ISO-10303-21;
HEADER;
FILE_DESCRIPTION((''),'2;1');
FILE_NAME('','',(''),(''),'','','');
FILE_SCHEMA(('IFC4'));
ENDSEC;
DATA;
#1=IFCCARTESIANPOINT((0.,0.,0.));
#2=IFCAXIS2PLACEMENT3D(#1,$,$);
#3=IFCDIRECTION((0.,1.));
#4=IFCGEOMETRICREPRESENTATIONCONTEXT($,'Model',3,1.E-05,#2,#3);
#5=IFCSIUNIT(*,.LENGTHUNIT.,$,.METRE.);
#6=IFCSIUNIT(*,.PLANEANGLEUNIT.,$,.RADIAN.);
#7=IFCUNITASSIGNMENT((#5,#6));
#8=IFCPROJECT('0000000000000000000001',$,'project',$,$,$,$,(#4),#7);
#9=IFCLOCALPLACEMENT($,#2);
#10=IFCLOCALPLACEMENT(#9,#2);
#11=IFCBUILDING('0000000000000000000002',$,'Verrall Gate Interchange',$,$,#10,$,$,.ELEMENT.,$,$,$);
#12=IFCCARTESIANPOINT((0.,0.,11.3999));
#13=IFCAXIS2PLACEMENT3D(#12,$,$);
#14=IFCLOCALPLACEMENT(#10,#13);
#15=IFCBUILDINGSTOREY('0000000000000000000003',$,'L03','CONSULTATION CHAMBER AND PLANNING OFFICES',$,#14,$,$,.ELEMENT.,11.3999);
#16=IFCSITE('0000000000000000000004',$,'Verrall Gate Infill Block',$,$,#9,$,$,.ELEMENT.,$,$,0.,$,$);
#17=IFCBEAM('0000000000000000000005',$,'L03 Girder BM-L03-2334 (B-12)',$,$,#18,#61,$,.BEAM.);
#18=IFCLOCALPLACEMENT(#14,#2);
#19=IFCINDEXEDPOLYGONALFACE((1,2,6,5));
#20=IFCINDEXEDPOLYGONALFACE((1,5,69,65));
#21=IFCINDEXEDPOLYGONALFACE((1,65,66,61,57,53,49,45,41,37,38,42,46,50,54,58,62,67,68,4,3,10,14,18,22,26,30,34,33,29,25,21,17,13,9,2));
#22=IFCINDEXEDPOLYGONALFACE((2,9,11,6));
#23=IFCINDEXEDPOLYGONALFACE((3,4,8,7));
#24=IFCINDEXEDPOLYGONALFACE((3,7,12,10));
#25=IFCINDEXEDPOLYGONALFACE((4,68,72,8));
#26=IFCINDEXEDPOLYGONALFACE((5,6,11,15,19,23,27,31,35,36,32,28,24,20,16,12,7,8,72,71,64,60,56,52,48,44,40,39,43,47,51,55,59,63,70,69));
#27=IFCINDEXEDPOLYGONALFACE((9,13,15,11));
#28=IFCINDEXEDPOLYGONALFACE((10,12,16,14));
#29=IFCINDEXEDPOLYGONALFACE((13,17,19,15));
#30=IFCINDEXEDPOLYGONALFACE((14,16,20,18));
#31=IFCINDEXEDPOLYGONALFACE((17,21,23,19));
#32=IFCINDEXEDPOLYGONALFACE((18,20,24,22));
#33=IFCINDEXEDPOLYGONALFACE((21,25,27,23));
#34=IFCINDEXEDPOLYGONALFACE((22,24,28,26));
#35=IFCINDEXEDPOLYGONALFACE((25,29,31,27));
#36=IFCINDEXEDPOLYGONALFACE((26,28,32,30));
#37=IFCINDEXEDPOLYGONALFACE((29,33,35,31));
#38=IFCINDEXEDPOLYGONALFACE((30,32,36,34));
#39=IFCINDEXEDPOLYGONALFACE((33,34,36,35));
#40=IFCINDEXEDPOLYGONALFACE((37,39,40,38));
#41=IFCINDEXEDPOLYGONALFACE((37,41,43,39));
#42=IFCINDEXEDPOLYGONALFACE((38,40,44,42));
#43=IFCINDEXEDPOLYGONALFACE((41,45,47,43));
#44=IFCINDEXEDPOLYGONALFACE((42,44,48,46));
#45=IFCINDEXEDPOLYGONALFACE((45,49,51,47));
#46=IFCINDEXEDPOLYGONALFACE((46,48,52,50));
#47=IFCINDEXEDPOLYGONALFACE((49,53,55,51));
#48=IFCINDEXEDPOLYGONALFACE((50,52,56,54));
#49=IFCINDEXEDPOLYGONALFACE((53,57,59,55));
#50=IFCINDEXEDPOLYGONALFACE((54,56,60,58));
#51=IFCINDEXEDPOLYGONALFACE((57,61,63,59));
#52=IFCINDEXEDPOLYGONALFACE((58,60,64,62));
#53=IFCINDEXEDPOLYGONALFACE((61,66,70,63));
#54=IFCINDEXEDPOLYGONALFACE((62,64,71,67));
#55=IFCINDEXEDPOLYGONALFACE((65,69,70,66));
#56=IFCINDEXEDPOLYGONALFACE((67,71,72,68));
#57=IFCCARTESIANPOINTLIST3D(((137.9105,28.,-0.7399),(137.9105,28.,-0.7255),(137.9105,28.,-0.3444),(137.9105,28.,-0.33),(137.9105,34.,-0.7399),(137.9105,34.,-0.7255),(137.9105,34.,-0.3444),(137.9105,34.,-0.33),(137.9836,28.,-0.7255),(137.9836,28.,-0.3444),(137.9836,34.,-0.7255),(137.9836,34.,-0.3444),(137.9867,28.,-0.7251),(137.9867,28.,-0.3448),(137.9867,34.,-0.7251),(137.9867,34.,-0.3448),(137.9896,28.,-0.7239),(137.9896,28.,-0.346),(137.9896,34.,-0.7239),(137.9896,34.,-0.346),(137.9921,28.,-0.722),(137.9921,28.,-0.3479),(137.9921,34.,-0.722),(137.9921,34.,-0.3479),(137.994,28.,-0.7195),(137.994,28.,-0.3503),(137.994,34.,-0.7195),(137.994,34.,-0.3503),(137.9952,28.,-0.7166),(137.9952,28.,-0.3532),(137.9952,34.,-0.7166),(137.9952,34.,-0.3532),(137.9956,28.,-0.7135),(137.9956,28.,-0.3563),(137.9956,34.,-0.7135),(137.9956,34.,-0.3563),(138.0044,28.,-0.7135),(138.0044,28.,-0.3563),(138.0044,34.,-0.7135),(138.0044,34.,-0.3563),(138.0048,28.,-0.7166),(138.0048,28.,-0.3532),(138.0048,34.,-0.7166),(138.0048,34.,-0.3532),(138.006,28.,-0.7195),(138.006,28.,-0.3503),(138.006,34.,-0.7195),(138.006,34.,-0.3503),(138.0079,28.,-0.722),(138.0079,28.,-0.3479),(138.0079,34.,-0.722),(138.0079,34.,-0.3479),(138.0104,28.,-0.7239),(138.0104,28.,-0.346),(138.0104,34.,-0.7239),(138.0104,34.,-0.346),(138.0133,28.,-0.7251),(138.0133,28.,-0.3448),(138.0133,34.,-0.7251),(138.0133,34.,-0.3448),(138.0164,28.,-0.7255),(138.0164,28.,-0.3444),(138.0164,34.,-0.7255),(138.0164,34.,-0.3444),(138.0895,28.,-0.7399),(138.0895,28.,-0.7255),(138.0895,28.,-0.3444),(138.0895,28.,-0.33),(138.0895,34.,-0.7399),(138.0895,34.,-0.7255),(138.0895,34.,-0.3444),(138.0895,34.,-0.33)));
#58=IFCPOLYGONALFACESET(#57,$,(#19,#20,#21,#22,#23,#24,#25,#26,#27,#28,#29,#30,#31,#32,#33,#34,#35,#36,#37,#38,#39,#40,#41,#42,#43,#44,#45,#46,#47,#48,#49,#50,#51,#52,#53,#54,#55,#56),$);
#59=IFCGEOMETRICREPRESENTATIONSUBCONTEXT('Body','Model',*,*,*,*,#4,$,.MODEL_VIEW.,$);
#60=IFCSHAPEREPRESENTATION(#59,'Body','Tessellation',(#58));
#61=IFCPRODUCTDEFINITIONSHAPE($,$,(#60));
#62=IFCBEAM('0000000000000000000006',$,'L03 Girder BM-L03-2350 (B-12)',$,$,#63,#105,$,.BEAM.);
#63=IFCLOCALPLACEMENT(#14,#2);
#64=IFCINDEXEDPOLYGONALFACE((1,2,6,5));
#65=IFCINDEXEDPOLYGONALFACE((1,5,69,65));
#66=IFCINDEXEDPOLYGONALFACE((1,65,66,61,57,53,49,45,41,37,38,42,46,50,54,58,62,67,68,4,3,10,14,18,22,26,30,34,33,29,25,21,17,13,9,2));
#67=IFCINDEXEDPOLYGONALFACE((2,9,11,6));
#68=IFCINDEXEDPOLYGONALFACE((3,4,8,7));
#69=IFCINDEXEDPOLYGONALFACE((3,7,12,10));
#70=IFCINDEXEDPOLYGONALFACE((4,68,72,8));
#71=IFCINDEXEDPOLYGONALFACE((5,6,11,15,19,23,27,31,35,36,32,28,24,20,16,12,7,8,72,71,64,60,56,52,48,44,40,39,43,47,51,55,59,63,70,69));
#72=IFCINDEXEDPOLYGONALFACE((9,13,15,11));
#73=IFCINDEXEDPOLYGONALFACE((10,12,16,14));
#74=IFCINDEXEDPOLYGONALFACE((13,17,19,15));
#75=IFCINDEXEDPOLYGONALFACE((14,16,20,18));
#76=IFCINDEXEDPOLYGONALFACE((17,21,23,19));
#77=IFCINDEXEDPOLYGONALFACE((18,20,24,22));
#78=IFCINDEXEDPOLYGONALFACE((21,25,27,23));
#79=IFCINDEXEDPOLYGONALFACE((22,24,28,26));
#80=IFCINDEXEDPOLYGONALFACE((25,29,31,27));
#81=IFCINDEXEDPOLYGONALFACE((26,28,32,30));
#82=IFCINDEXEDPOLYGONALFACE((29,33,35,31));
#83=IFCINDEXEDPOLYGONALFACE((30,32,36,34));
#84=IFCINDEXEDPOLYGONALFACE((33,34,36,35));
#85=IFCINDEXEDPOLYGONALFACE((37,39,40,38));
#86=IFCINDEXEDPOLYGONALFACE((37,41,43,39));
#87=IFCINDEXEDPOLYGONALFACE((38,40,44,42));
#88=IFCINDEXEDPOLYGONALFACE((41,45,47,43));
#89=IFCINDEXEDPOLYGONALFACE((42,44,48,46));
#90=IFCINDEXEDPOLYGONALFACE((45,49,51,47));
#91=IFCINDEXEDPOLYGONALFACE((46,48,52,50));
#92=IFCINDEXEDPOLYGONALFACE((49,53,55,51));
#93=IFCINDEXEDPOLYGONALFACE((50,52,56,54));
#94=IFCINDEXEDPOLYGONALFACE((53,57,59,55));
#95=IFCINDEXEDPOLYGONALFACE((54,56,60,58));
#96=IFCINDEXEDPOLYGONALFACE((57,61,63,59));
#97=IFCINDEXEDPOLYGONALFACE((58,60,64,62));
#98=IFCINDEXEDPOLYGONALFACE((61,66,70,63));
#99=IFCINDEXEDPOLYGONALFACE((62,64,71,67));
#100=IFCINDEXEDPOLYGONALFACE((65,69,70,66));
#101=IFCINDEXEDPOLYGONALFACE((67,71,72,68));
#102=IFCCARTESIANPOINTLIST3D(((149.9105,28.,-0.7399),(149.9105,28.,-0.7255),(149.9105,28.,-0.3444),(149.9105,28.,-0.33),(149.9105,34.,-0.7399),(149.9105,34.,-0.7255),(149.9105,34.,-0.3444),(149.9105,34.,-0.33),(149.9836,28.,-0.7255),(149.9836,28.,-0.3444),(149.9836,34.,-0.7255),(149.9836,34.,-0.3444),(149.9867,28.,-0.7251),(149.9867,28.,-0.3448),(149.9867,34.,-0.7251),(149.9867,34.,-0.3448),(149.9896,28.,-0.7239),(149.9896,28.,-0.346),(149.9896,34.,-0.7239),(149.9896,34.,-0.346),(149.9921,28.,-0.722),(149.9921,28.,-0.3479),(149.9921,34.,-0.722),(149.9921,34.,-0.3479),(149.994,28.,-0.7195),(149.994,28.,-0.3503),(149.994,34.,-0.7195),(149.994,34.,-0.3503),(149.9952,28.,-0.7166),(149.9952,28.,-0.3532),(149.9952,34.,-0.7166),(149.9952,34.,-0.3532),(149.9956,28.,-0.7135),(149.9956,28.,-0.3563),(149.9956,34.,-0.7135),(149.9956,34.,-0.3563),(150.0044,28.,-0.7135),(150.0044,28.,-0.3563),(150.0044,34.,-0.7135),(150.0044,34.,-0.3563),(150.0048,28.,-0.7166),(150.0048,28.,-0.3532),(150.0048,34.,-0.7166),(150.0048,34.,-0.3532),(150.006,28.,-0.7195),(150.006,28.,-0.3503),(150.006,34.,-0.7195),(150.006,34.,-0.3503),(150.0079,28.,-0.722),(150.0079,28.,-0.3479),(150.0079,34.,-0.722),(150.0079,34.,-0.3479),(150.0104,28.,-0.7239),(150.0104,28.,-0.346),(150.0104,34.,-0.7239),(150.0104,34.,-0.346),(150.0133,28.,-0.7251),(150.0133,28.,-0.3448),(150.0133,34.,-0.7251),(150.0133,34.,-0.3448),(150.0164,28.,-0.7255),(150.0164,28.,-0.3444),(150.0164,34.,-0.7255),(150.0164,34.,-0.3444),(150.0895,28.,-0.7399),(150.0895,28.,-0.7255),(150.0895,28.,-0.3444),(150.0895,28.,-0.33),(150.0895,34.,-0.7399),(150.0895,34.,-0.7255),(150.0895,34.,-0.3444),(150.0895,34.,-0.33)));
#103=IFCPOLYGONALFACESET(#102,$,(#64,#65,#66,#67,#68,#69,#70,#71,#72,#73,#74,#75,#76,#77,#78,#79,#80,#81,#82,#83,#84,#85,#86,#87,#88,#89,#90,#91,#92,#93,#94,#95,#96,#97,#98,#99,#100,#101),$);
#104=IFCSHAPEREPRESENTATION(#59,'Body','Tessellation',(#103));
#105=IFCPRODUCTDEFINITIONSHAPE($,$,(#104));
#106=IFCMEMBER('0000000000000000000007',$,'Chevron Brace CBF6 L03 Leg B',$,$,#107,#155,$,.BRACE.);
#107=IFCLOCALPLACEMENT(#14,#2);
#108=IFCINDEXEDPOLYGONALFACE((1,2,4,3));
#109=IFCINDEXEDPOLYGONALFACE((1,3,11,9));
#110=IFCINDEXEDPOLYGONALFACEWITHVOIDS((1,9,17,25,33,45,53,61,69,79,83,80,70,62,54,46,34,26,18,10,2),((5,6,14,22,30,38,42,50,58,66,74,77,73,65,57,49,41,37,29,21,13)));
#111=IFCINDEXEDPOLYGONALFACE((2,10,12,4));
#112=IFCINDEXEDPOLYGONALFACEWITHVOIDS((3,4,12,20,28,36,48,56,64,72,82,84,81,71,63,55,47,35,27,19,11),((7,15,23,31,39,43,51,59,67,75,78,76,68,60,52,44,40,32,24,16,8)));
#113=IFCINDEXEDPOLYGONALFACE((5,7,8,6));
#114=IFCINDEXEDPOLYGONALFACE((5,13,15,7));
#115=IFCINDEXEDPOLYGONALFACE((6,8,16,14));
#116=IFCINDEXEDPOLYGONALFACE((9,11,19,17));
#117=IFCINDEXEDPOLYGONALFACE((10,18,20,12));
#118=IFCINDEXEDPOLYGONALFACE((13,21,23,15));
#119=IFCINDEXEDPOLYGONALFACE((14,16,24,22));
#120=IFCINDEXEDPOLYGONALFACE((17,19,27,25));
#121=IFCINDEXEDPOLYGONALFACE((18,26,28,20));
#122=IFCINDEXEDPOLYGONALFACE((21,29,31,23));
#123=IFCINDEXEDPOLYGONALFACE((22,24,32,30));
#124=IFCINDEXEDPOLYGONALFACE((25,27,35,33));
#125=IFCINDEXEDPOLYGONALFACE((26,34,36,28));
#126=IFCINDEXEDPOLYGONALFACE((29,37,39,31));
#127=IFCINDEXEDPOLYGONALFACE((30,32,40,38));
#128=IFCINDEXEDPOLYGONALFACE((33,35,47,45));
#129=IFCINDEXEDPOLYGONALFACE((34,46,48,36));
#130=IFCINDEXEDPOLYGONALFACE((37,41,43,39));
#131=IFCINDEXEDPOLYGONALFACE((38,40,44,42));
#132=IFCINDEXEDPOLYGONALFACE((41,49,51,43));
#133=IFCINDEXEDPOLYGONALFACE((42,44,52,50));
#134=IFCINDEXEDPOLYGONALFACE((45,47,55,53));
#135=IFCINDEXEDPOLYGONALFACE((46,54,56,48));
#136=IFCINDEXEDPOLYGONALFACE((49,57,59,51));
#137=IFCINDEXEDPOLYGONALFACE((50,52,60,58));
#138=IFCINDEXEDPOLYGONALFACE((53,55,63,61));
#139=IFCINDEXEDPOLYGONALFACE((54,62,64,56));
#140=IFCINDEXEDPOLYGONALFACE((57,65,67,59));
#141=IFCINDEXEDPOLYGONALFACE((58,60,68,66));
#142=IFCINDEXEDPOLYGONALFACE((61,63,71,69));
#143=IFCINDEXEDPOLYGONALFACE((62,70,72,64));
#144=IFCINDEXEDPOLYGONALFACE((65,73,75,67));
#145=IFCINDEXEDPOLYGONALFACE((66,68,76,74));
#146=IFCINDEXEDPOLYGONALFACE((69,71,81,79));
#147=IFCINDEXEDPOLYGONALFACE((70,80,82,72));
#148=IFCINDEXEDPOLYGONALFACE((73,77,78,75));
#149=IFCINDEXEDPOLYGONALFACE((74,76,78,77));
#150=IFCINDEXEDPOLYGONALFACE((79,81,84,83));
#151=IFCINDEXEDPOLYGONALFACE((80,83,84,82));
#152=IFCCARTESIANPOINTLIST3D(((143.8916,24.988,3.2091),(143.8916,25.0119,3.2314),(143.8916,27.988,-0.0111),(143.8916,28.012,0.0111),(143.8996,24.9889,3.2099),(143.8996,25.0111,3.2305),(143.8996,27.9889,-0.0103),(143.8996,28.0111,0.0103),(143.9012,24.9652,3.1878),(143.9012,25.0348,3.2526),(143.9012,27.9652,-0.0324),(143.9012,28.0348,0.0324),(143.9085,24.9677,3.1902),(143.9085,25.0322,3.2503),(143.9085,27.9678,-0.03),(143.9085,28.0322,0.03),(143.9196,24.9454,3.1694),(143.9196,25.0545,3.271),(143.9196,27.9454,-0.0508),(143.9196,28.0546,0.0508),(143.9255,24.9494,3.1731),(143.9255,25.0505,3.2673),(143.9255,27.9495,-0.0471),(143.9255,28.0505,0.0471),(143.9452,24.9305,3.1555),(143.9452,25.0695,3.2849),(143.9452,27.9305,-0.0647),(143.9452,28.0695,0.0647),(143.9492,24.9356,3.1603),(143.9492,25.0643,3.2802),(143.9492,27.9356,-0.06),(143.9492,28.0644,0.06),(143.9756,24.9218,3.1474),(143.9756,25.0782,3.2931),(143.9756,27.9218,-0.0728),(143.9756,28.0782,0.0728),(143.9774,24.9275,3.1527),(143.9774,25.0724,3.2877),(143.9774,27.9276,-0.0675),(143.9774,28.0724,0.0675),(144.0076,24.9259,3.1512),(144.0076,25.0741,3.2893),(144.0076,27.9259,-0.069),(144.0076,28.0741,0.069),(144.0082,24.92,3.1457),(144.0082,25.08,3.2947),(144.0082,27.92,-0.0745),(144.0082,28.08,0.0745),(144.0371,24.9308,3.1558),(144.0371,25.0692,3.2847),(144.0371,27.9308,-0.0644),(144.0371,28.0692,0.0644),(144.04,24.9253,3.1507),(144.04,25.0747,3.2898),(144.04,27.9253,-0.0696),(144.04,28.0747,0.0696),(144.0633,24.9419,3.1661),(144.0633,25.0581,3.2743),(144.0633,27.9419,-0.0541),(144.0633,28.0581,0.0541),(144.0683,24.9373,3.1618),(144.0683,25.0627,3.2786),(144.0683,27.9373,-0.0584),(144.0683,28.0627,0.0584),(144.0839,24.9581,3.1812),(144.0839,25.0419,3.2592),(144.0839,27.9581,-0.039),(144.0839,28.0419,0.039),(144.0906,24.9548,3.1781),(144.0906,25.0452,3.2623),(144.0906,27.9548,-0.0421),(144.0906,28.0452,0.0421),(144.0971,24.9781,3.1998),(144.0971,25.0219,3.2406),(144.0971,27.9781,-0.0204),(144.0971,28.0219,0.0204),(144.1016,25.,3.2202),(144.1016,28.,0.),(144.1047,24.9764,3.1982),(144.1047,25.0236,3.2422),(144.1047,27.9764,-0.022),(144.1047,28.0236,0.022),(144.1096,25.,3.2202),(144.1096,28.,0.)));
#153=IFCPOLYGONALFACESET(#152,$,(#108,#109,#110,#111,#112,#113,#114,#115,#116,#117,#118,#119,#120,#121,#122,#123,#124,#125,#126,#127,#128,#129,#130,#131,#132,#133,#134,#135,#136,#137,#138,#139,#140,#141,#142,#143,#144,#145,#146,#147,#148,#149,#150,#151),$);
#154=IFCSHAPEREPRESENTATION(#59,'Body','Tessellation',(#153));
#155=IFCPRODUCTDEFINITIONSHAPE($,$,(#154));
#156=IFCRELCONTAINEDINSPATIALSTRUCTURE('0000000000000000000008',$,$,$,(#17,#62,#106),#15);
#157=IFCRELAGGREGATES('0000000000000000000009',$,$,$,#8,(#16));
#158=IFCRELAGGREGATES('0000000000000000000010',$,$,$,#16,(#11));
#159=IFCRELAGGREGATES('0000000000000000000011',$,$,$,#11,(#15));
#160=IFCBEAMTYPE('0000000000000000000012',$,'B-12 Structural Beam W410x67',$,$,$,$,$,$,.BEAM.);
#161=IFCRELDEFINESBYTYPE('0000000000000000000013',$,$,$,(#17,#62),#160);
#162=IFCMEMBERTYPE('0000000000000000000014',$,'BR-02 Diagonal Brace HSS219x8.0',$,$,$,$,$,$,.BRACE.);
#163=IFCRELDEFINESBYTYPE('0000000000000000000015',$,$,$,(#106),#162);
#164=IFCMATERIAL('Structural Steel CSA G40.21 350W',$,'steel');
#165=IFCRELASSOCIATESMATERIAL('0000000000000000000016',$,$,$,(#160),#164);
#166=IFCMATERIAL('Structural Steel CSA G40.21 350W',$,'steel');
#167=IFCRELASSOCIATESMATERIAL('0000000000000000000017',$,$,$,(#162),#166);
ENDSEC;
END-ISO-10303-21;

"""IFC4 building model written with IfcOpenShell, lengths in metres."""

from ifc_helpers import new_model, si_unit, direction, frame, origin, origin_2d, place, context, subcontext, project, spatial, hollow_circle, i_section, extrude, material, material_profile, profile_set, type_object, element, save


model = new_model("IFC4")

# Units and contexts
model_context = context("Model", 3, precision=1e-05, world=origin(), true_north=direction((0.0, 1.0)))
body_context = subcontext(model_context, "Body", "Model", "MODEL_VIEW")
ifc_project = project(units=[si_unit("LENGTHUNIT", "METRE"), si_unit("PLANEANGLEUNIT", "RADIAN")], contexts=[model_context])

# Site, building, storey
site_placement = place(None, origin())
site = spatial("IfcSite", under=ifc_project, at=site_placement, Name="Verrall Gate Infill Block", CompositionType="ELEMENT", RefElevation=0.0)
building_placement = place(site_placement, origin())
building = spatial("IfcBuilding", under=site, at=building_placement, Name="Verrall Gate Interchange", CompositionType="ELEMENT")
storey_placement = place(building_placement, frame((0.0, 0.0, 11.3999)))
storey = spatial("IfcBuildingStorey", under=building, at=storey_placement, Name="L03", Description="CONSULTATION CHAMBER AND PLANNING OFFICES", CompositionType="ELEMENT", Elevation=11.3999)

# Beams
ifc_material_1 = material(Name="Structural Steel CSA G40.21 350W", Category="steel")
ifc_material_profile_1 = material_profile(ifc_material_1, i_section(OverallWidth=0.179, OverallDepth=0.4099, WebThickness=0.0088, FlangeThickness=0.0144, FilletRadius=0.012, at=origin_2d()), Name="W410x67")
ifc_profile_set_1 = profile_set([ifc_material_profile_1], Name="Structural Steel CSA G40.21 350W")
beam_type_1 = type_object("IfcBeamType", Name="B-12 Structural Beam W410x67", PredefinedType="BEAM", material=ifc_profile_set_1)
for number, where, z_axis, x_axis, name in (
    (1, (138.0, 28.0, -0.5349), (0.0, 1.0, 0.0), (-1.0, 0.0, 0.0), "L03 Girder BM-L03-2334 (B-12)"),
    (2, (150.0, 28.0, -0.5349), (0.0, 1.0, 0.0), (-1.0, 0.0, 0.0), "L03 Girder BM-L03-2350 (B-12)"),
):
    element("IfcBeam", number, at=place(storey_placement, frame(where, z_axis=z_axis, x_axis=x_axis)), inside=storey, type_object=beam_type_1, Name=name, PredefinedType="BEAM", context=body_context, shape_type="SweptSolid", body=[
        extrude(i_section(OverallWidth=0.179, OverallDepth=0.4099, WebThickness=0.0088, FlangeThickness=0.0144, FilletRadius=0.012, at=origin_2d()), origin(), (0.0, 0.0, 1.0), 6.0),
    ])

# Member
ifc_material_2 = material(Name="Structural Steel CSA G40.21 350W", Category="steel")
ifc_material_profile_2 = material_profile(ifc_material_2, hollow_circle(Radius=0.1096, WallThickness=0.0081, at=origin_2d()), Name="HSS219x8.0")
ifc_profile_set_2 = profile_set([ifc_material_profile_2], Name="Structural Steel CSA G40.21 350W")
member_type_1 = type_object("IfcMemberType", Name="BR-02 Diagonal Brace HSS219x8.0", PredefinedType="BRACE", material=ifc_profile_set_2)
member_1_placement = place(storey_placement, frame((144.0, 28.0, 0.0), z_axis=(0.0, -0.681646, 0.731682), x_axis=(1.0, 0.0, 0.0)))
element("IfcMember", 3, at=member_1_placement, inside=storey, type_object=member_type_1, Name="Chevron Brace CBF6 L03 Leg B", PredefinedType="BRACE", context=body_context, shape_type="SweptSolid", body=[
    extrude(hollow_circle(Radius=0.1096, WallThickness=0.0081, at=origin_2d()), origin(), (0.0, 0.0, 1.0), 4.4011),
])

save(model, "model.ifc")
